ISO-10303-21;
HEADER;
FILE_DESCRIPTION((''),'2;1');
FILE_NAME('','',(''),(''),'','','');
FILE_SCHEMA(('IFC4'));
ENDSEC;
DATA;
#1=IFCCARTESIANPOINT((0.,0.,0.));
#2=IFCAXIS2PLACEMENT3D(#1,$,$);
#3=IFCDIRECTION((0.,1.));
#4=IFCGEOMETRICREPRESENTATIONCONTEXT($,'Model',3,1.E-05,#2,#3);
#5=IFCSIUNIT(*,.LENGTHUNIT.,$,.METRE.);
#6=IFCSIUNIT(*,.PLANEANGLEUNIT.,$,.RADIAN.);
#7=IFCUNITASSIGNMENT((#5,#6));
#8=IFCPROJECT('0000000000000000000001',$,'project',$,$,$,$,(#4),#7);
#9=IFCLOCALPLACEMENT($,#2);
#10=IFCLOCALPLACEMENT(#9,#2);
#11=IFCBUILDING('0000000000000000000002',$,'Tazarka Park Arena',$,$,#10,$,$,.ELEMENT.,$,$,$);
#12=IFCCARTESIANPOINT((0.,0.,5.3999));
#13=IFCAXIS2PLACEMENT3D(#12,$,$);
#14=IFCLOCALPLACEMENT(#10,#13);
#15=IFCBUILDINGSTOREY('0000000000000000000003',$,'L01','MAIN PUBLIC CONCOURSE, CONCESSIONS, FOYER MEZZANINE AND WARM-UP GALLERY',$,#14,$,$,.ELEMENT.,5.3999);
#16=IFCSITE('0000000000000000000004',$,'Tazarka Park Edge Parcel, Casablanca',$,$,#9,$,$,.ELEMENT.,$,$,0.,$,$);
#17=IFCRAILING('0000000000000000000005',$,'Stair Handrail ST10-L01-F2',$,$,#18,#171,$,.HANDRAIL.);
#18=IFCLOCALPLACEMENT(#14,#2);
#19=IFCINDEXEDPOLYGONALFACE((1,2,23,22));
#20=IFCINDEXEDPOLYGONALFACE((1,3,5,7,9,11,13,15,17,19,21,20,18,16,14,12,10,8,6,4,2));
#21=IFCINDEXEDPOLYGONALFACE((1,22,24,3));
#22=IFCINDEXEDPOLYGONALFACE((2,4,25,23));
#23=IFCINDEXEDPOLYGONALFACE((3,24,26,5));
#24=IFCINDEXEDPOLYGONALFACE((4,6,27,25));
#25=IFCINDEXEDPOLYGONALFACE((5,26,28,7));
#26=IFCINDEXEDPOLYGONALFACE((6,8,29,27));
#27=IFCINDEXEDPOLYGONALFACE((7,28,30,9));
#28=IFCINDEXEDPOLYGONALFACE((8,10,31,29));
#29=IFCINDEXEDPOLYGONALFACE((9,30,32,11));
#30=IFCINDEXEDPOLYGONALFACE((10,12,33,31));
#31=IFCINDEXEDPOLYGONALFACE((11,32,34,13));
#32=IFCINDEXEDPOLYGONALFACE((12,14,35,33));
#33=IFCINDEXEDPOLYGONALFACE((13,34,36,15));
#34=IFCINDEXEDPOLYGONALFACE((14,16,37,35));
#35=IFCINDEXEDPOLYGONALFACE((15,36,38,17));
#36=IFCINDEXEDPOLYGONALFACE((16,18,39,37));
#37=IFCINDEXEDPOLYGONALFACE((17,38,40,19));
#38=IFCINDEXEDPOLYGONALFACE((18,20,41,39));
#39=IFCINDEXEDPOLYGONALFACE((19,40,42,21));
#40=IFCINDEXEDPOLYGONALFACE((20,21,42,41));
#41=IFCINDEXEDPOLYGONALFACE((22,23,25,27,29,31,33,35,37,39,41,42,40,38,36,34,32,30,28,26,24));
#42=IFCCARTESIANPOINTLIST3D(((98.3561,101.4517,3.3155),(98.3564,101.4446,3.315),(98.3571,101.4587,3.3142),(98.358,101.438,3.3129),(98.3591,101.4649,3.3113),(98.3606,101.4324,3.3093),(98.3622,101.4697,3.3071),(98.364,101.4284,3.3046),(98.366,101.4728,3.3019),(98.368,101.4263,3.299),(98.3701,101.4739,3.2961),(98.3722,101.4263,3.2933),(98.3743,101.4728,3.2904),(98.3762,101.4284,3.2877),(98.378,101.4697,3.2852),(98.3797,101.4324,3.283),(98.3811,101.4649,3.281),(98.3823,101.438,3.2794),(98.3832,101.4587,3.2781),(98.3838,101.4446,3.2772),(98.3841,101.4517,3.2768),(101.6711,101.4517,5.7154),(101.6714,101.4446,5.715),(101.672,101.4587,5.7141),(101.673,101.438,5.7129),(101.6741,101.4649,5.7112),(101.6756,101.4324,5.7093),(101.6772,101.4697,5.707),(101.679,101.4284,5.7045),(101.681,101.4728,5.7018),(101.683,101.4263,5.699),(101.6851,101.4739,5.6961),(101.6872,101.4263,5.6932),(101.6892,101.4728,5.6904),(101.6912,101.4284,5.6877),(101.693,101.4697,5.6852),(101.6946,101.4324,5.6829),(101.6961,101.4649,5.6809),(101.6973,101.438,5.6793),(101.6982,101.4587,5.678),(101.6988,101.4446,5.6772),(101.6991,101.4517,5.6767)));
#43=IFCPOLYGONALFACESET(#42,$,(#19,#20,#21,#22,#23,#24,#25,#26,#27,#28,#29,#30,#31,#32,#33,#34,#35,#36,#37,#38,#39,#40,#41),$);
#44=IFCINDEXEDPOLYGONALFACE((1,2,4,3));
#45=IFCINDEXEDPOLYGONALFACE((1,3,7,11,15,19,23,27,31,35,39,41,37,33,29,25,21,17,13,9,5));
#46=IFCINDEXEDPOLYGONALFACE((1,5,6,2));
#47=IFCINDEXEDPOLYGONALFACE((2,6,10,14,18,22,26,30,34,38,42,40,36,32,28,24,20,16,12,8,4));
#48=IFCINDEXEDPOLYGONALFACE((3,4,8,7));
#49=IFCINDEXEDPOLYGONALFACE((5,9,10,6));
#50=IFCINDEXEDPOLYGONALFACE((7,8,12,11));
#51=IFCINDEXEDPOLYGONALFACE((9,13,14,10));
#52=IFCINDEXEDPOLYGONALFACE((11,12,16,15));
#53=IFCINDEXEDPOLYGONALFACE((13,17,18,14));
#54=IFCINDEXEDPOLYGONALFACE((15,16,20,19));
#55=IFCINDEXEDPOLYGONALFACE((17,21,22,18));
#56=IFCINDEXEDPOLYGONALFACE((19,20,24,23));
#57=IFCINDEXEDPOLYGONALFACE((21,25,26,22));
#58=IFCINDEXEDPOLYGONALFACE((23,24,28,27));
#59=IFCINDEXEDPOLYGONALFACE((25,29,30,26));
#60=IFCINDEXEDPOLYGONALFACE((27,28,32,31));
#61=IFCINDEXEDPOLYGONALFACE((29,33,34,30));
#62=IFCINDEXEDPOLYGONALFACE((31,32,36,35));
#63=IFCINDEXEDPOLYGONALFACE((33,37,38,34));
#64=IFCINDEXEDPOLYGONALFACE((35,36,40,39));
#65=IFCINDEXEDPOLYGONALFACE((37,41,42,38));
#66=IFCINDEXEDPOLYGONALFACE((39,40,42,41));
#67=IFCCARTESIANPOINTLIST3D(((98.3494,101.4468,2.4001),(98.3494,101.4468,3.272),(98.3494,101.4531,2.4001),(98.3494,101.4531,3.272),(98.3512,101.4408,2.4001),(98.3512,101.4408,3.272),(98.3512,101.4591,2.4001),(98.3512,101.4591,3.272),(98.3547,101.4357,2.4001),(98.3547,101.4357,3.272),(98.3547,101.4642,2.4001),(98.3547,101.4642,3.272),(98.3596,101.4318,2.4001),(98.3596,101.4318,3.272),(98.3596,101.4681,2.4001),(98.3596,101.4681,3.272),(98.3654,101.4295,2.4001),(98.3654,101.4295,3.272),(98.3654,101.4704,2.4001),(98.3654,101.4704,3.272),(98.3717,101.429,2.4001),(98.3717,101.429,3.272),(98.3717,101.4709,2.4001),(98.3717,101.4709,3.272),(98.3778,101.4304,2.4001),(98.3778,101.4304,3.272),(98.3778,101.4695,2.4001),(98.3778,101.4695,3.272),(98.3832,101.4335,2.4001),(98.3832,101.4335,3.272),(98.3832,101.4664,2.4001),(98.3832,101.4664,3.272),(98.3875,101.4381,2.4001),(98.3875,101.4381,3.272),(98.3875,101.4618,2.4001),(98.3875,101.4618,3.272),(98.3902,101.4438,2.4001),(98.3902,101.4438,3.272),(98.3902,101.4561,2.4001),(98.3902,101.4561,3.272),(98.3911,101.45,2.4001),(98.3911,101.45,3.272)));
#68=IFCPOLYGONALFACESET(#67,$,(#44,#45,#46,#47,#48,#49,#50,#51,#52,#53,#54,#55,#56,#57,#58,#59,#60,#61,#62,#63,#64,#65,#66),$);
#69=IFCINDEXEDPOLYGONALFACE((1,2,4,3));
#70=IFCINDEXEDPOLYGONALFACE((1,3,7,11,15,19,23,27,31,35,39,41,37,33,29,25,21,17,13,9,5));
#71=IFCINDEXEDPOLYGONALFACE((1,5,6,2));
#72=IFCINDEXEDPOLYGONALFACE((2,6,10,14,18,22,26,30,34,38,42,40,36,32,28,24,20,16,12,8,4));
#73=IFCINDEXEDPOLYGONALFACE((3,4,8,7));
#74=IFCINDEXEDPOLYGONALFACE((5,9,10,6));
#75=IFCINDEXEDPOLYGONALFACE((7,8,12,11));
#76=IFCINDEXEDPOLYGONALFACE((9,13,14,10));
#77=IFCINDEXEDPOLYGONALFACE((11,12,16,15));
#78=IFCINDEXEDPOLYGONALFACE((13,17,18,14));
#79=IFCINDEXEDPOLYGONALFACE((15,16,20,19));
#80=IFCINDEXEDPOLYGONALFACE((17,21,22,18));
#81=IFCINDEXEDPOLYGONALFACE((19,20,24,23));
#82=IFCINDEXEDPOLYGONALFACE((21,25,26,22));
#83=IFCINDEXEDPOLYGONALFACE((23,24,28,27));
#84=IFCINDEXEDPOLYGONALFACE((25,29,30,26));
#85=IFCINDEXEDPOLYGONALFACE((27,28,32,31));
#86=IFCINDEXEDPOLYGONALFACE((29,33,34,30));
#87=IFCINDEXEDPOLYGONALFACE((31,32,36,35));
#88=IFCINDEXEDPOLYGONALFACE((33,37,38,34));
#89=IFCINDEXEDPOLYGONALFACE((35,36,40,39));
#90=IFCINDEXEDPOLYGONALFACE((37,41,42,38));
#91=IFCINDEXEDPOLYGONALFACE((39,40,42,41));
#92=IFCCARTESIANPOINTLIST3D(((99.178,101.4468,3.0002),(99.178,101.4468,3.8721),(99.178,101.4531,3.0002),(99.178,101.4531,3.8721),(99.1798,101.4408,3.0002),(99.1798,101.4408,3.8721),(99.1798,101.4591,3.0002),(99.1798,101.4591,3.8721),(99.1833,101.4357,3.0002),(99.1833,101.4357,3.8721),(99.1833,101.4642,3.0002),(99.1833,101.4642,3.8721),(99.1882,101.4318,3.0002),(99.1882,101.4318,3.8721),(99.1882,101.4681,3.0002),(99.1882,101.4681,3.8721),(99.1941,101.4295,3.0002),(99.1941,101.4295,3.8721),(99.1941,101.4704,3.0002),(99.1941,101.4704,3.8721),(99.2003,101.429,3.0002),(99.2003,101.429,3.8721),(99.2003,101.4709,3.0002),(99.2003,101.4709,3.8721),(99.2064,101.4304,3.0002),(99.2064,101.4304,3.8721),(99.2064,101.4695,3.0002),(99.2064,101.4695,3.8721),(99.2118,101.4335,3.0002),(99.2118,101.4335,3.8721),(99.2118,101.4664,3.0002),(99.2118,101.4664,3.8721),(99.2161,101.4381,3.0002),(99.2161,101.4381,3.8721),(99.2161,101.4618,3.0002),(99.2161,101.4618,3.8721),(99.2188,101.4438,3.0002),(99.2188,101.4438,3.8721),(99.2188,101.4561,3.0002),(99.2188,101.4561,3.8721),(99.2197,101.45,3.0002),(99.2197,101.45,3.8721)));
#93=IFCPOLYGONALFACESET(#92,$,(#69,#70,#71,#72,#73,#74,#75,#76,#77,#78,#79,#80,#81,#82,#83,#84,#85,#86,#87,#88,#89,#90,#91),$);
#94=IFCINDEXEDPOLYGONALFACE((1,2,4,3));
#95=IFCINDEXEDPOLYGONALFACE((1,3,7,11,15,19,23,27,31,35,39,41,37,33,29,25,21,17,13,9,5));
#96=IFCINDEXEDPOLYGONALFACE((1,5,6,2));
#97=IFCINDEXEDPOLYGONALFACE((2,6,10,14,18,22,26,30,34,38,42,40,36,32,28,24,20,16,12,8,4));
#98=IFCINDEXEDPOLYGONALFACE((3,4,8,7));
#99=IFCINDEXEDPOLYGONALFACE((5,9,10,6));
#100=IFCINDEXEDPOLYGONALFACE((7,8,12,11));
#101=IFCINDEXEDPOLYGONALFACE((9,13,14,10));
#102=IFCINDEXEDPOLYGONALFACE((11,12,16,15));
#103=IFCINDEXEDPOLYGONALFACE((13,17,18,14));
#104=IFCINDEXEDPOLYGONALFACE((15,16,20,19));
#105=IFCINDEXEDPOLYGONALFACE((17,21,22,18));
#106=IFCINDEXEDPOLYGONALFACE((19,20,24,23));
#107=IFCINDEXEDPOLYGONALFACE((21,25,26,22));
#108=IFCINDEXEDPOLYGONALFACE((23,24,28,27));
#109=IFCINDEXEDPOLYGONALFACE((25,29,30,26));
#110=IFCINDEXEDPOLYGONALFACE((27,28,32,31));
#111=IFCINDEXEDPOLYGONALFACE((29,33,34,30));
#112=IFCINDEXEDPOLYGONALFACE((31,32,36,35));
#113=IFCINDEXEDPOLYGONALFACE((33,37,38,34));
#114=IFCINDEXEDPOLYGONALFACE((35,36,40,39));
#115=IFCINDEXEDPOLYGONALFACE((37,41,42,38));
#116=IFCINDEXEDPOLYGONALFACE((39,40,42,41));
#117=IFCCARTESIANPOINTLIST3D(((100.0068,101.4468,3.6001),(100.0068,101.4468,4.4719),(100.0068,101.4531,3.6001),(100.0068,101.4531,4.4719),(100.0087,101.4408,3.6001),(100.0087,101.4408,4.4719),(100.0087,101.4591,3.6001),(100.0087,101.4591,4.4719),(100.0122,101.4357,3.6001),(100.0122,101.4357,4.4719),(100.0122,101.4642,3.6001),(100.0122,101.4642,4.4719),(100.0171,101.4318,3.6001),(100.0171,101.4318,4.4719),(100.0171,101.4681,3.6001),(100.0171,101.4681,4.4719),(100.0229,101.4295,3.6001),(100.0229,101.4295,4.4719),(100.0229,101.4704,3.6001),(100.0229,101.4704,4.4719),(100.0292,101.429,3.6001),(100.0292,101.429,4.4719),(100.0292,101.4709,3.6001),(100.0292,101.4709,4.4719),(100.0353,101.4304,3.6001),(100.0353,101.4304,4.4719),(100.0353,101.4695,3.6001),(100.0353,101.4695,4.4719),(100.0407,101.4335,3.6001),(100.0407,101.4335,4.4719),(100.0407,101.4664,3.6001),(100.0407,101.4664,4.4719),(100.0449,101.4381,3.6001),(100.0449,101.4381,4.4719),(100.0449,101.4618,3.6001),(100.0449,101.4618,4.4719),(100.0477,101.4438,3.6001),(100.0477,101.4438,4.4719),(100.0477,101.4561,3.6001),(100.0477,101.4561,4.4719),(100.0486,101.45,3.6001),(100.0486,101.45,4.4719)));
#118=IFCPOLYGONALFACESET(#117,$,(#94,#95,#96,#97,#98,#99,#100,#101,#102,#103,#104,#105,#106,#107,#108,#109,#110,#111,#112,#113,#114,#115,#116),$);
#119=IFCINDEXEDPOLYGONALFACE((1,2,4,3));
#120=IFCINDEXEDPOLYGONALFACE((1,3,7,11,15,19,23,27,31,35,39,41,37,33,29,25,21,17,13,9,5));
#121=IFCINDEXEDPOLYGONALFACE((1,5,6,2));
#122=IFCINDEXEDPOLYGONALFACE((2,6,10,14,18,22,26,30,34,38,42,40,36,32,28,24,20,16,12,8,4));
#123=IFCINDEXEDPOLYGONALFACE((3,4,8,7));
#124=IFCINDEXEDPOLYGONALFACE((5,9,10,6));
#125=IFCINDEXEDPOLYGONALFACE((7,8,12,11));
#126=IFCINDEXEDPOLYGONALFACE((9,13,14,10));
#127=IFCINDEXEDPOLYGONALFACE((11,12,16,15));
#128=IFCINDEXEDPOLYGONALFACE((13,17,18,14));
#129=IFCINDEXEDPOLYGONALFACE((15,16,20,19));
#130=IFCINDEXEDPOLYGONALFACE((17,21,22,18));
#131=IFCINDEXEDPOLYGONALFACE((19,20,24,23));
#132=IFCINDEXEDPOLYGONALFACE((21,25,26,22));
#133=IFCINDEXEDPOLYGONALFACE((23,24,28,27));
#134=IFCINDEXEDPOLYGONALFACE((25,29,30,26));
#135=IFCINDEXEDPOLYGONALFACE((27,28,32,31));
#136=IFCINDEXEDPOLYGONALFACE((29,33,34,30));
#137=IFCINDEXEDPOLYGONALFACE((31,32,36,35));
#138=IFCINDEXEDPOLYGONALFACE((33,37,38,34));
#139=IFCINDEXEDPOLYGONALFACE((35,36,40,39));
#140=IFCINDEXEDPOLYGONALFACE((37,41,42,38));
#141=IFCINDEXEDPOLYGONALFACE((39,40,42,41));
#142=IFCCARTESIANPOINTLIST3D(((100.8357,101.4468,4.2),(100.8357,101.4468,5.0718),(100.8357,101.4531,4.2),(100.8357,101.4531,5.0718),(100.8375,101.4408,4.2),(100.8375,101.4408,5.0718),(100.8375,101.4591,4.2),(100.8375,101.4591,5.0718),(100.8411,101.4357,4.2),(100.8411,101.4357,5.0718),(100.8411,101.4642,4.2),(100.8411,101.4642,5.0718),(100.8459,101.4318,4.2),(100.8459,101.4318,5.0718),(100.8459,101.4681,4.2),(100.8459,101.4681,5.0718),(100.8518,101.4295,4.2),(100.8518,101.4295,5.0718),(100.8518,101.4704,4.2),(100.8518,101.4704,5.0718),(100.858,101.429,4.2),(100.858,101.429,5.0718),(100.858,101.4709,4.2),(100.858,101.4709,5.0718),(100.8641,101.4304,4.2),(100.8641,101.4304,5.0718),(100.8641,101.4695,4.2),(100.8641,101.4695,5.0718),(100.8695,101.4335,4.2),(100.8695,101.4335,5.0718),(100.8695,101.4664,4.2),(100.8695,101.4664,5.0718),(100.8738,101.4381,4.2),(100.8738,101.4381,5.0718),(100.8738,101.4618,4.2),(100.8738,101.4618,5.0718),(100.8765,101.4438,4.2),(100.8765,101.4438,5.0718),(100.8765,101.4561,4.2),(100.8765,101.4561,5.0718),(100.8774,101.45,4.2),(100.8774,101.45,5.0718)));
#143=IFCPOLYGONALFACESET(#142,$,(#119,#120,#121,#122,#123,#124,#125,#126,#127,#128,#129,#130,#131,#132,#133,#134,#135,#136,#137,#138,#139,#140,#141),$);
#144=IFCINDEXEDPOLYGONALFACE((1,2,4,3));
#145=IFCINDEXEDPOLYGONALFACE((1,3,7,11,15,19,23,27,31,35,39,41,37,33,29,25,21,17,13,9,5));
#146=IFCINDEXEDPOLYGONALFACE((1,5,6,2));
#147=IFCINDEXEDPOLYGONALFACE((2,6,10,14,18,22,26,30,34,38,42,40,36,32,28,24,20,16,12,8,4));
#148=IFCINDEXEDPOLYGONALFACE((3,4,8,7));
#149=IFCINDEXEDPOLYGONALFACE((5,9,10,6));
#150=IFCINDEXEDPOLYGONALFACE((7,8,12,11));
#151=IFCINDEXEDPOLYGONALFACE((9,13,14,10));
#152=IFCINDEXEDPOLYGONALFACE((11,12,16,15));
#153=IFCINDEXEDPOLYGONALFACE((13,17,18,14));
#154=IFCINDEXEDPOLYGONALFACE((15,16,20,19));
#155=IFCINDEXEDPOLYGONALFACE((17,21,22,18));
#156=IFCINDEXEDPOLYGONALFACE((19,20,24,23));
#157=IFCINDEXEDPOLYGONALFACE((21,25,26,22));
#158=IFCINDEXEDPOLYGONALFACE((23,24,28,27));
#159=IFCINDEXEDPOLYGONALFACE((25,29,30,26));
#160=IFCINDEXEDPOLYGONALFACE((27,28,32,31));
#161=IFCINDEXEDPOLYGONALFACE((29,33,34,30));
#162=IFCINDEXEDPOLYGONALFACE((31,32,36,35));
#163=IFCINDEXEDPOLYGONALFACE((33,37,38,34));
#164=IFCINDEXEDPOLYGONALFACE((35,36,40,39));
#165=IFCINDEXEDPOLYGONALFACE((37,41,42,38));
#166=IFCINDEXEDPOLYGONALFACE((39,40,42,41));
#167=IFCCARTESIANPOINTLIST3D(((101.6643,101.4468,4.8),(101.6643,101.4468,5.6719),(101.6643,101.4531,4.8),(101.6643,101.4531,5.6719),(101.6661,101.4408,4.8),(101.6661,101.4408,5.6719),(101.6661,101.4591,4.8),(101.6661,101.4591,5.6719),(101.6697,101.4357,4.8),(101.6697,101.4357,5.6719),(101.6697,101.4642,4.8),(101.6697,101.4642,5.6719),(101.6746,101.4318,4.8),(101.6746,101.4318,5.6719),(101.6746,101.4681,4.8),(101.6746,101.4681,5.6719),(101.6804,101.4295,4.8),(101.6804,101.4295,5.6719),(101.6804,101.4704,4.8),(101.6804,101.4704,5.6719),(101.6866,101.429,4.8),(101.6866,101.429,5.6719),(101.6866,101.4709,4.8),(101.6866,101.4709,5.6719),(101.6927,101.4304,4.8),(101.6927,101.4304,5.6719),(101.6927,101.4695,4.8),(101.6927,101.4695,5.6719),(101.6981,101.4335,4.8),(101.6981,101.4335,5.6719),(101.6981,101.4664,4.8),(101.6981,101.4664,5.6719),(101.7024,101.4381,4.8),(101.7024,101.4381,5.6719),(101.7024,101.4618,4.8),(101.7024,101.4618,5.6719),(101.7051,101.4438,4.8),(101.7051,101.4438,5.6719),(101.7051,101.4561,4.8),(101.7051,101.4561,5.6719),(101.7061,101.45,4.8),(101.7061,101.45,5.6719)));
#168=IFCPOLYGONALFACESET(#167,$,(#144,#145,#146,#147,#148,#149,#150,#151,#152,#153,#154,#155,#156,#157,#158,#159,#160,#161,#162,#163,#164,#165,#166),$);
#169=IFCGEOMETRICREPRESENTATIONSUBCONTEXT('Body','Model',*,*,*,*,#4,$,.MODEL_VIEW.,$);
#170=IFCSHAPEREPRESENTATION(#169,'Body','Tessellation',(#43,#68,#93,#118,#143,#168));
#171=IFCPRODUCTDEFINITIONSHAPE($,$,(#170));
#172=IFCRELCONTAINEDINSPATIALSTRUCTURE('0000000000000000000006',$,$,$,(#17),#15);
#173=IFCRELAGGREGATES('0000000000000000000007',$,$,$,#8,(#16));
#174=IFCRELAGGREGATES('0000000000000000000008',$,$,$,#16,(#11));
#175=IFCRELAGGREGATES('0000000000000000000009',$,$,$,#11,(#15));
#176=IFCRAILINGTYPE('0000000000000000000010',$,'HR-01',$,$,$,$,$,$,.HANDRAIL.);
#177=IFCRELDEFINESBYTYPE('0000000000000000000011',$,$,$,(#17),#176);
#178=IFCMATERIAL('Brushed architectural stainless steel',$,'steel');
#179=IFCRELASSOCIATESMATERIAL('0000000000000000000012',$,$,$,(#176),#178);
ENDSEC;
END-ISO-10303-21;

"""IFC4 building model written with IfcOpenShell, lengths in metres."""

from ifc_helpers import new_model, si_unit, direction, frame, origin, origin_2d, place, context, subcontext, project, spatial, circle, extrude, material, type_object, element, save


model = new_model("IFC4")

# Units and contexts
model_context = context("Model", 3, precision=1e-05, world=origin(), true_north=direction((0.0, 1.0)))
body_context = subcontext(model_context, "Body", "Model", "MODEL_VIEW")
ifc_project = project(units=[si_unit("LENGTHUNIT", "METRE"), si_unit("PLANEANGLEUNIT", "RADIAN")], contexts=[model_context])

# Site, building, storey
site_placement = place(None, origin())
site = spatial("IfcSite", under=ifc_project, at=site_placement, Name="Tazarka Park Edge Parcel, Casablanca", CompositionType="ELEMENT", RefElevation=0.0)
building_placement = place(site_placement, origin())
building = spatial("IfcBuilding", under=site, at=building_placement, Name="Tazarka Park Arena", CompositionType="ELEMENT")
storey_placement = place(building_placement, frame((0.0, 0.0, 5.3999)))
storey = spatial("IfcBuildingStorey", under=building, at=storey_placement, Name="L01", Description="MAIN PUBLIC CONCOURSE, CONCESSIONS, FOYER MEZZANINE AND WARM-UP GALLERY", CompositionType="ELEMENT", Elevation=5.3999)

# Railing
ifc_material_1 = material(Name="Brushed architectural stainless steel", Category="steel")
railing_type_1 = type_object("IfcRailingType", Name="HR-01", PredefinedType="HANDRAIL", material=ifc_material_1)
railing_1_placement = place(storey_placement, frame((98.3701, 101.45, 2.4001)))
element("IfcRailing", 1, at=railing_1_placement, inside=storey, type_object=railing_type_1, Name="Stair Handrail ST10-L01-F2", PredefinedType="HANDRAIL", context=body_context, shape_type="SweptSolid", body=[
    extrude(circle(Radius=0.0239, at=origin_2d()), frame((0.0, 0.0, 0.896), z_axis=(0.810009, 0.0, 0.586418), x_axis=(0.0, 1.0, 0.0)), (0.0, 0.0, 1.0), 4.0925),
    extrude(circle(Radius=0.021, at=origin_2d()), origin(), (0.0, 0.0, 1.0), 0.8718),
    extrude(circle(Radius=0.021, at=origin_2d()), frame((0.8286, 0.0, 0.6001)), (0.0, 0.0, 1.0), 0.8718),
    extrude(circle(Radius=0.021, at=origin_2d()), frame((1.6575, 0.0, 1.2)), (0.0, 0.0, 1.0), 0.8718),
    extrude(circle(Radius=0.021, at=origin_2d()), frame((2.4863, 0.0, 1.7998)), (0.0, 0.0, 1.0), 0.8718),
    extrude(circle(Radius=0.021, at=origin_2d()), frame((3.3149, 0.0, 2.3999)), (0.0, 0.0, 1.0), 0.8718),
])

save(model, "model.ifc")
